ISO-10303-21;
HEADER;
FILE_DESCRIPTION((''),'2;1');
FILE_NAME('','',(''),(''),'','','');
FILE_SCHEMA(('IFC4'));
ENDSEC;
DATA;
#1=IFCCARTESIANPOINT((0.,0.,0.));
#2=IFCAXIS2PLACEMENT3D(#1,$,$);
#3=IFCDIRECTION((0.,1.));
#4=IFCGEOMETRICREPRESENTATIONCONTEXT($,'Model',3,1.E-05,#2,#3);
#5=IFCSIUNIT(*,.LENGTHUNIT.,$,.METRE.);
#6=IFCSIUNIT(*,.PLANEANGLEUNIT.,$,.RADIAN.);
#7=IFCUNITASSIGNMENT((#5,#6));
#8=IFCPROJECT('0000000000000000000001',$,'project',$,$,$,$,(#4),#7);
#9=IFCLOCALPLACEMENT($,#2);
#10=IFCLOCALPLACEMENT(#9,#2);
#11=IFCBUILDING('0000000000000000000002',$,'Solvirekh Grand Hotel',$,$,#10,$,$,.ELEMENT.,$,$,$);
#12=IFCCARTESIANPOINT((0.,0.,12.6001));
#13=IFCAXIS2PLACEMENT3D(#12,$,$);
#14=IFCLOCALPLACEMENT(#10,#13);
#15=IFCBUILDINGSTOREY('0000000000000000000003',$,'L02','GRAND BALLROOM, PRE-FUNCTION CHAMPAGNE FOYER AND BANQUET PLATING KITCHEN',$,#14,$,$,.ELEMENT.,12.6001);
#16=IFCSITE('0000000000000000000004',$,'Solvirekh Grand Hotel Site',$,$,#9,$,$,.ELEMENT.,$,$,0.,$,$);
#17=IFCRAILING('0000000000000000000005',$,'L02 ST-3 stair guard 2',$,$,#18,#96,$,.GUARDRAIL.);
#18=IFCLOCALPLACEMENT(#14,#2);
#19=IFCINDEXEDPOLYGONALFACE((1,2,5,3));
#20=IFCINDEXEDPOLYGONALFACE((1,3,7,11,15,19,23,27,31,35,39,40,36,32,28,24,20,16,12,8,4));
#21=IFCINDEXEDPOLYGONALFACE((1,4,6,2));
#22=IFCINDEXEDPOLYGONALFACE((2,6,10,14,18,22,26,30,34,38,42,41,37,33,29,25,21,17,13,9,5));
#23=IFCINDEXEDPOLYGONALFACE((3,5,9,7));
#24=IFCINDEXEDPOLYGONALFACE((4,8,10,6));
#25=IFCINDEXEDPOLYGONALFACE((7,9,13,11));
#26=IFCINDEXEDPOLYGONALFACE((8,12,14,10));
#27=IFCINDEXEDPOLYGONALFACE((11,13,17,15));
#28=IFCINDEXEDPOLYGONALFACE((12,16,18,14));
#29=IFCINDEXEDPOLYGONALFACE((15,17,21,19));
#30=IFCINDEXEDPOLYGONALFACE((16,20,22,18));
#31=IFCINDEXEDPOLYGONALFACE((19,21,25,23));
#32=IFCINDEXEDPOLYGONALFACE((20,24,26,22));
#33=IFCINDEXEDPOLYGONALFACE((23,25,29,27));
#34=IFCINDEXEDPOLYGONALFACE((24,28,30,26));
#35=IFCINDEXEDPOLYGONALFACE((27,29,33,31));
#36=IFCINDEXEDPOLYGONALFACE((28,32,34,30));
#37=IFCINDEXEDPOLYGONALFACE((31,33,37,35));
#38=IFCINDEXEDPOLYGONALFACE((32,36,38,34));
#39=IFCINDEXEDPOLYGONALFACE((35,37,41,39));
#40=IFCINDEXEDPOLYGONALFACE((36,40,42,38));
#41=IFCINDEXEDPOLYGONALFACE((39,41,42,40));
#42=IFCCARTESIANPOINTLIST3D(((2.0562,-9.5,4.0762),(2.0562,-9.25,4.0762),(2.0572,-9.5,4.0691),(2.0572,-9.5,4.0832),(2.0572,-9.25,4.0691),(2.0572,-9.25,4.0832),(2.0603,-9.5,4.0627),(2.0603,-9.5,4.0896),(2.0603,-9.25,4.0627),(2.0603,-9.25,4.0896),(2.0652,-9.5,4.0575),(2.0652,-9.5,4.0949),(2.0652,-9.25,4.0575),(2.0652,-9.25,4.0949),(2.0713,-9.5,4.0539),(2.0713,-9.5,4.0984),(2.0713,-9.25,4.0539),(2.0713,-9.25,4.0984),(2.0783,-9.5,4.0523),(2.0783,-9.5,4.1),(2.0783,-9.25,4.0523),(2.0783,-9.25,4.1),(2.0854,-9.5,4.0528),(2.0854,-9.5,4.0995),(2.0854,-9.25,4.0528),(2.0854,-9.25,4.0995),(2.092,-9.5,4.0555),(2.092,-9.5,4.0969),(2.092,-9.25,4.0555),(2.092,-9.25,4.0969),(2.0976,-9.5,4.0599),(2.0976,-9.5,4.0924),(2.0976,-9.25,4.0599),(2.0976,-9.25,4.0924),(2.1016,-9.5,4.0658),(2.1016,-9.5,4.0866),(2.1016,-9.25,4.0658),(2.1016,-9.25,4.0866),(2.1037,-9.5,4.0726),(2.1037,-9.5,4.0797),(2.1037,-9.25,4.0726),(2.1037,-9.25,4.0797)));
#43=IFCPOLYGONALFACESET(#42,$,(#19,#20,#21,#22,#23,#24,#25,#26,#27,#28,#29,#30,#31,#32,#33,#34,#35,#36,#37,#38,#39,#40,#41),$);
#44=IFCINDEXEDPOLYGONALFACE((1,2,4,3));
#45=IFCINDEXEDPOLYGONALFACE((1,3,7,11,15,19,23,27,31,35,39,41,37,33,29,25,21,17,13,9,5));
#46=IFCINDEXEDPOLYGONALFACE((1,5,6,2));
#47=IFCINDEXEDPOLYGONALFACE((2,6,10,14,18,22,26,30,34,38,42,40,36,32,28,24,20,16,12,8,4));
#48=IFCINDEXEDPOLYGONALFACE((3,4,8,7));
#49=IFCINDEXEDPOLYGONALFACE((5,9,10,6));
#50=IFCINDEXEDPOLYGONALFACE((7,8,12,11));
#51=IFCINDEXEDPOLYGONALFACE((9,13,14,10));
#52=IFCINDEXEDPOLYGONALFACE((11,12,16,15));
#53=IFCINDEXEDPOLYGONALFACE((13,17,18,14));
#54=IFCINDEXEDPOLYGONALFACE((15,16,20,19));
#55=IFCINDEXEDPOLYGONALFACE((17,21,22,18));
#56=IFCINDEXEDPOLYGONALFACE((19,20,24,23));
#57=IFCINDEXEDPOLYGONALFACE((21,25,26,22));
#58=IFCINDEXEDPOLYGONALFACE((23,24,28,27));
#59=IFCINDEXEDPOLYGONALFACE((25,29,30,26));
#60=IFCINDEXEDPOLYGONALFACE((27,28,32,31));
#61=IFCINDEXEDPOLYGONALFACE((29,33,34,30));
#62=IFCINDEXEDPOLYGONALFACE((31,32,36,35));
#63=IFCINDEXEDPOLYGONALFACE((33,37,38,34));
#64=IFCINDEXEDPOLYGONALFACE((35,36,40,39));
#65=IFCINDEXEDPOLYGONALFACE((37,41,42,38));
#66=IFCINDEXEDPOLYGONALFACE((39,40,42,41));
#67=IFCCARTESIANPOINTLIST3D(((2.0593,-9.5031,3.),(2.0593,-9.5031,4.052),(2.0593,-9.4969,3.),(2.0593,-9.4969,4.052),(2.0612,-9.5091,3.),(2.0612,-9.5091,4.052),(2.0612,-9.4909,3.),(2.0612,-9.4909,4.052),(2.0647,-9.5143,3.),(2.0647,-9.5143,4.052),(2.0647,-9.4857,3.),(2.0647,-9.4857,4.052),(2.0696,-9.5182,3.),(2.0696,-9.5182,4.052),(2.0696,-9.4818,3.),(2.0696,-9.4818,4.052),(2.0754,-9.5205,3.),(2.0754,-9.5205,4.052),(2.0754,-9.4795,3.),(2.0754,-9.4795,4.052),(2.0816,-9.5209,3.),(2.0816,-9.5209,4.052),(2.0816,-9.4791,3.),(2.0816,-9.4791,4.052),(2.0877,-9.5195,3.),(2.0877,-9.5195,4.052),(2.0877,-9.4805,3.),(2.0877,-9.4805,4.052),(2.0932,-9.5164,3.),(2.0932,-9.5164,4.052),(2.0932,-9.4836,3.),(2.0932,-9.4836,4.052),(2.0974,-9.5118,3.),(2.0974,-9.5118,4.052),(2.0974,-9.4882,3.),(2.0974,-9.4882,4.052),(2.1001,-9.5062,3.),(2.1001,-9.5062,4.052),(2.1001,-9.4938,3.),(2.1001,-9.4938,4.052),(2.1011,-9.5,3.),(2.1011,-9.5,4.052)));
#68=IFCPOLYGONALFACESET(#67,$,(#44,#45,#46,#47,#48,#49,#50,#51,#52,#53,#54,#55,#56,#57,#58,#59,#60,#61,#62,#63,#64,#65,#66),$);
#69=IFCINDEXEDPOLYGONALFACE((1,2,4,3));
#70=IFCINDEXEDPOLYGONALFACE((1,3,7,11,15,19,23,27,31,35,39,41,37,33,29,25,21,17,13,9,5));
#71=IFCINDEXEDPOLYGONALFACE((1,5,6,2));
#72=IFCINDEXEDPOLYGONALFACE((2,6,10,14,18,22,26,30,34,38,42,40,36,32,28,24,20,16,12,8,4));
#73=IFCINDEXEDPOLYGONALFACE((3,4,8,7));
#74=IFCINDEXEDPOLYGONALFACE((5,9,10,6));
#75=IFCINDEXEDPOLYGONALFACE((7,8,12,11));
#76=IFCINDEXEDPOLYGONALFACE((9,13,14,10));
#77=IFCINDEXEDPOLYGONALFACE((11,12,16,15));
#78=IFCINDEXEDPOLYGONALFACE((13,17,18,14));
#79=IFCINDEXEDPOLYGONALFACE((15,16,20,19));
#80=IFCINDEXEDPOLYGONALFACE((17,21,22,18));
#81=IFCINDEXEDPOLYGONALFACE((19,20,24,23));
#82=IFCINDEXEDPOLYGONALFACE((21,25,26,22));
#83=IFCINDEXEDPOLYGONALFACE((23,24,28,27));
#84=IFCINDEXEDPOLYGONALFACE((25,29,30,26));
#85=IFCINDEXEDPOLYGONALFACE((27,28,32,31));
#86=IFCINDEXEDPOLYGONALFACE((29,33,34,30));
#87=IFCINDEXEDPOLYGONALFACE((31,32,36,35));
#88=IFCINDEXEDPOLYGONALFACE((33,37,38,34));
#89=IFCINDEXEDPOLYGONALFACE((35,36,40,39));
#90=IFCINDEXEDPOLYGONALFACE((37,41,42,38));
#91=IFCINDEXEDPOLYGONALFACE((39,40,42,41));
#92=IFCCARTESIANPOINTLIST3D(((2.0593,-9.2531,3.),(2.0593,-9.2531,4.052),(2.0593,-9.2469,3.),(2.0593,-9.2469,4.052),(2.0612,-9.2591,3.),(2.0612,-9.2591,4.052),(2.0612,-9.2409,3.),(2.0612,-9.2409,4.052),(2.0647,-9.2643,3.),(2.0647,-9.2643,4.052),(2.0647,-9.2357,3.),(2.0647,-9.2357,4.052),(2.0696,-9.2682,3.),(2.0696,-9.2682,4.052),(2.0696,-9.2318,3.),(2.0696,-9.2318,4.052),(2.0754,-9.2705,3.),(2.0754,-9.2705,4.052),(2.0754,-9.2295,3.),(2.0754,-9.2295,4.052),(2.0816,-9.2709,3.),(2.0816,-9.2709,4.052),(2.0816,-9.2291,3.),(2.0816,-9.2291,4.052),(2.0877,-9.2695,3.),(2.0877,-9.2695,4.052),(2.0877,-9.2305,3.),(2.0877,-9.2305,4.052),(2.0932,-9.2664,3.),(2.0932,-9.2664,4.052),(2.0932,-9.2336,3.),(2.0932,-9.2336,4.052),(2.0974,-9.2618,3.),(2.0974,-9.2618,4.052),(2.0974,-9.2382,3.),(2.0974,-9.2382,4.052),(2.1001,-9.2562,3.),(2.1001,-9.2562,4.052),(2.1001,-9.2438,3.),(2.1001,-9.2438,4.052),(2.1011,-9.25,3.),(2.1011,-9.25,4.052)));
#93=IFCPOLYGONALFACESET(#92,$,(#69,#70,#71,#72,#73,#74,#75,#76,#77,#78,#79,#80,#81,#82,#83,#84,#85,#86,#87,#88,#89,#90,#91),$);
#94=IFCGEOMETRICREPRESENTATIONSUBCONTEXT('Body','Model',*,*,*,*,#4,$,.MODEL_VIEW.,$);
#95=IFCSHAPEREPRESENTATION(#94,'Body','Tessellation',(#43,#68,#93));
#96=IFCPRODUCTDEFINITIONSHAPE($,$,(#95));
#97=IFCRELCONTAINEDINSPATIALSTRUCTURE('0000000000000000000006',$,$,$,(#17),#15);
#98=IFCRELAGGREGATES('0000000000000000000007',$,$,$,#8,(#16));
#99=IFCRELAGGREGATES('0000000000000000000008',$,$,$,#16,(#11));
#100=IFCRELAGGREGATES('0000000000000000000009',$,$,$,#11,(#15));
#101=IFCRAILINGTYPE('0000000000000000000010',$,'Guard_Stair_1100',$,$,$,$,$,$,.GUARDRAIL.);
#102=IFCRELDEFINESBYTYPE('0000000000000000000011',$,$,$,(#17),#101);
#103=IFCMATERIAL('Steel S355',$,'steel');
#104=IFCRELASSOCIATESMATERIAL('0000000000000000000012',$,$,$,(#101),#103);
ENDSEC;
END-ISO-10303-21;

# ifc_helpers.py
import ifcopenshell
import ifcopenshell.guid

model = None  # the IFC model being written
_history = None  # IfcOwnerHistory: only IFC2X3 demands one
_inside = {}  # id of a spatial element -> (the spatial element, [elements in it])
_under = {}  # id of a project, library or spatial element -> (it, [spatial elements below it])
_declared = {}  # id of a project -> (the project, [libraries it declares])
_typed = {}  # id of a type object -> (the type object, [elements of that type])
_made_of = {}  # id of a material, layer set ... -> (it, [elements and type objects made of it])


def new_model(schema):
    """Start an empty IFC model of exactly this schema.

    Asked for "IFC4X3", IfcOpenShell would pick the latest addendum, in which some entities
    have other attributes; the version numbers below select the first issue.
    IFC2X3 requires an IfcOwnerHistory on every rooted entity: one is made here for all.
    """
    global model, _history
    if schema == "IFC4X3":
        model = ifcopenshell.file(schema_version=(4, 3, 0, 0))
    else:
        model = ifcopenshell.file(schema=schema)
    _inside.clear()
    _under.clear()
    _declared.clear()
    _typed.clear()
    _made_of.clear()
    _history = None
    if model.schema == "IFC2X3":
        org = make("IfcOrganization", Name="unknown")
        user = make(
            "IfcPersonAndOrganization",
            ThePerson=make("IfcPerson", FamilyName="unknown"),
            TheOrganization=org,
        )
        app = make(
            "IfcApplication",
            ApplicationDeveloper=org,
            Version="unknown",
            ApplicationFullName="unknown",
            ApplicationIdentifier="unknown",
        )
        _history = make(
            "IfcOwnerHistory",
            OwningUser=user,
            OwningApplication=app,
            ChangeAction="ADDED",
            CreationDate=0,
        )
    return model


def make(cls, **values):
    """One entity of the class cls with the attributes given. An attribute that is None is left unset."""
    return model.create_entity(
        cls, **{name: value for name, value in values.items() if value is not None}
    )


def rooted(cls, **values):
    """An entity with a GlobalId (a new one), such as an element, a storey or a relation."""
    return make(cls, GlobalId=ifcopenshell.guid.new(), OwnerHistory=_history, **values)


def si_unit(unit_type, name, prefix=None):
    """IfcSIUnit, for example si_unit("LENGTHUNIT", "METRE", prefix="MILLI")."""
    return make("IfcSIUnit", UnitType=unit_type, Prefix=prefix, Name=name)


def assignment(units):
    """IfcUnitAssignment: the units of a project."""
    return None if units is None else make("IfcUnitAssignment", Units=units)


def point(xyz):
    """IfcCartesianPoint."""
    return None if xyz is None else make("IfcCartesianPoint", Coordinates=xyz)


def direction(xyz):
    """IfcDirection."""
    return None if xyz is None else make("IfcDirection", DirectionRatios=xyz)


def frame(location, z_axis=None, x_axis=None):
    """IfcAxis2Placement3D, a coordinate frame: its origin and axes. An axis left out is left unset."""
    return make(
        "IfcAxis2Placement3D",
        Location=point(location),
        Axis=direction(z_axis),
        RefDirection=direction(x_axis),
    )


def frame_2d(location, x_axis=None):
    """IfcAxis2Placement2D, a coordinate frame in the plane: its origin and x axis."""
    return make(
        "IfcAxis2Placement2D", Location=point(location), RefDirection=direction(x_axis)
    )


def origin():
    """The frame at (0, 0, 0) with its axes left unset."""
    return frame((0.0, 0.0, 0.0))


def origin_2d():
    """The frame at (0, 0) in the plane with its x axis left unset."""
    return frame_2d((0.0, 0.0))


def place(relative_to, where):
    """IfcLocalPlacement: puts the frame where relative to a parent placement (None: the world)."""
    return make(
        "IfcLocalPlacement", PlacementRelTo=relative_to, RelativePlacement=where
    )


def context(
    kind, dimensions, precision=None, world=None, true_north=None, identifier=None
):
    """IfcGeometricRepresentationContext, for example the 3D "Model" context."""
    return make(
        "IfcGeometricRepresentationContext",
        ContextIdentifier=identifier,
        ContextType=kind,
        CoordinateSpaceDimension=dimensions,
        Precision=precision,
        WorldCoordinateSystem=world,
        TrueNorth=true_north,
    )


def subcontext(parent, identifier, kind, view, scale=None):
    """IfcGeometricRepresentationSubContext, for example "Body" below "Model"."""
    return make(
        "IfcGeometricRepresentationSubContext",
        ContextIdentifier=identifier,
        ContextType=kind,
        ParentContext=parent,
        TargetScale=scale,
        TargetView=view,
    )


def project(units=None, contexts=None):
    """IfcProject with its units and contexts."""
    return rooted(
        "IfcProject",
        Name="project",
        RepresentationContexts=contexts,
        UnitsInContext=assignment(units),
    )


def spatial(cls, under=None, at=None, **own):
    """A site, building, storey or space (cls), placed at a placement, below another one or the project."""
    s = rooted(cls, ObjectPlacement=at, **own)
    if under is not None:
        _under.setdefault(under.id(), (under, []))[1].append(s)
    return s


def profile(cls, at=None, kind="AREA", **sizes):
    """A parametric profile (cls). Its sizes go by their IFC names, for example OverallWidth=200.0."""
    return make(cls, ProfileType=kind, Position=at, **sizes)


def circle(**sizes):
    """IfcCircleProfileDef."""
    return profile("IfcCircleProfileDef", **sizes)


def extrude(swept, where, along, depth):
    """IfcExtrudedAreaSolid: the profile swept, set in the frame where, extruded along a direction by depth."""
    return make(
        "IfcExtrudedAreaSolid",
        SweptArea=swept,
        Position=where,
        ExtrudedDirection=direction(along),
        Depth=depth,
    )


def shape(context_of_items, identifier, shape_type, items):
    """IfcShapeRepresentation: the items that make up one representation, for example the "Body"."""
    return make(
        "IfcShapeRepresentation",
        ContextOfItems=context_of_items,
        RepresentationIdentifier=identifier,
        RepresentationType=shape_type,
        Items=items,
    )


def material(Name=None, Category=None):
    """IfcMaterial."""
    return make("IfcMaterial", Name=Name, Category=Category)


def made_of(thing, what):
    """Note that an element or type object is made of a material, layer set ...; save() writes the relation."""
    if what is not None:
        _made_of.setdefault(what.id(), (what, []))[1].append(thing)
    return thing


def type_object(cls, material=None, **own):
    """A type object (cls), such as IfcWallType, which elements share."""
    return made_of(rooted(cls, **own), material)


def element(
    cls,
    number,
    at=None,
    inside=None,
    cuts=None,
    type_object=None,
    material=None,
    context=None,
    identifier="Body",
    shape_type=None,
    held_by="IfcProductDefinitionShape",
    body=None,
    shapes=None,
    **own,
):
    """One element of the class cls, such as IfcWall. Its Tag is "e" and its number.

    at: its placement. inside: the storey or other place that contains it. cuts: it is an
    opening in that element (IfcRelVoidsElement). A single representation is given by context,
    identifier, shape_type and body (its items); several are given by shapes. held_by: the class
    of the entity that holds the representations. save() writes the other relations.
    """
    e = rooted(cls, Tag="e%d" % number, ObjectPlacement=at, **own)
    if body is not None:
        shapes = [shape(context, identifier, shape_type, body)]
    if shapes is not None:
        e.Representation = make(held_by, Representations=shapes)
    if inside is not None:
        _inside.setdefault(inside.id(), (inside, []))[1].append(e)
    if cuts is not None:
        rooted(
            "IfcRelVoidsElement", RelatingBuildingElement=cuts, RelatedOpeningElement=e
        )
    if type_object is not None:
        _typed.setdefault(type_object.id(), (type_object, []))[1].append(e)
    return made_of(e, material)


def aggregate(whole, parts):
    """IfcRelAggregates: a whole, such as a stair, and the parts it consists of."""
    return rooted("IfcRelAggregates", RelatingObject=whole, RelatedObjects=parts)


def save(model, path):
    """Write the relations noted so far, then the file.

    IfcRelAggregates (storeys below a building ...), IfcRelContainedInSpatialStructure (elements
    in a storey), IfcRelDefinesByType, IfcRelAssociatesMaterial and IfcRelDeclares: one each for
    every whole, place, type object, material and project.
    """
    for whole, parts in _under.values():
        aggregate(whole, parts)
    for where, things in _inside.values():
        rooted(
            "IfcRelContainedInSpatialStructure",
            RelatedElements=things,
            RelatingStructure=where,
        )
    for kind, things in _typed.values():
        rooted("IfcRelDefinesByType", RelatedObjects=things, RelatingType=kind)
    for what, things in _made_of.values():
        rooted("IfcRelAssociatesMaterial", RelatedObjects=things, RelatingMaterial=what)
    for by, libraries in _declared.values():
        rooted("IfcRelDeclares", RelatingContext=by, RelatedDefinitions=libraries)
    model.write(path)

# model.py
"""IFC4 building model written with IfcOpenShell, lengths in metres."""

from ifc_helpers import new_model, si_unit, direction, frame, origin, origin_2d, place, context, subcontext, project, spatial, circle, extrude, material, type_object, element, save


model = new_model("IFC4")

# Units and contexts
model_context = context("Model", 3, precision=1e-05, world=origin(), true_north=direction((0.0, 1.0)))
body_context = subcontext(model_context, "Body", "Model", "MODEL_VIEW")
ifc_project = project(units=[si_unit("LENGTHUNIT", "METRE"), si_unit("PLANEANGLEUNIT", "RADIAN")], contexts=[model_context])

# Site, building, storey
site_placement = place(None, origin())
site = spatial("IfcSite", under=ifc_project, at=site_placement, Name="Solvirekh Grand Hotel Site", CompositionType="ELEMENT", RefElevation=0.0)
building_placement = place(site_placement, origin())
building = spatial("IfcBuilding", under=site, at=building_placement, Name="Solvirekh Grand Hotel", CompositionType="ELEMENT")
storey_placement = place(building_placement, frame((0.0, 0.0, 12.6001)))
storey = spatial("IfcBuildingStorey", under=building, at=storey_placement, Name="L02", Description="GRAND BALLROOM, PRE-FUNCTION CHAMPAGNE FOYER AND BANQUET PLATING KITCHEN", CompositionType="ELEMENT", Elevation=12.6001)

# Shared definitions
ifc_material_1 = material(Name="Steel S355", Category="steel")

# Railing
railing_type_1 = type_object("IfcRailingType", Name="Guard_Stair_1100", PredefinedType="GUARDRAIL", material=ifc_material_1)
railing_1_placement = place(storey_placement, frame((2.0801, -9.5, 3.0)))
element("IfcRailing", 1, at=railing_1_placement, inside=storey, type_object=railing_type_1, Name="L02 ST-3 stair guard 2", PredefinedType="GUARDRAIL", context=body_context, shape_type="SweptSolid", body=[
    extrude(circle(Radius=0.0239, at=origin_2d()), frame((0.0, 0.0, 1.0762), z_axis=(0.0, 1.0, 0.0), x_axis=(-1.0, 0.0, 0.0)), (0.0, 0.0, 1.0), 0.25),
    extrude(circle(Radius=0.021, at=origin_2d()), origin(), (0.0, 0.0, 1.0), 1.052),
    extrude(circle(Radius=0.021, at=origin_2d()), frame((0.0, 0.25, 0.0)), (0.0, 0.0, 1.0), 1.052),
])

save(model, "model.ifc")
